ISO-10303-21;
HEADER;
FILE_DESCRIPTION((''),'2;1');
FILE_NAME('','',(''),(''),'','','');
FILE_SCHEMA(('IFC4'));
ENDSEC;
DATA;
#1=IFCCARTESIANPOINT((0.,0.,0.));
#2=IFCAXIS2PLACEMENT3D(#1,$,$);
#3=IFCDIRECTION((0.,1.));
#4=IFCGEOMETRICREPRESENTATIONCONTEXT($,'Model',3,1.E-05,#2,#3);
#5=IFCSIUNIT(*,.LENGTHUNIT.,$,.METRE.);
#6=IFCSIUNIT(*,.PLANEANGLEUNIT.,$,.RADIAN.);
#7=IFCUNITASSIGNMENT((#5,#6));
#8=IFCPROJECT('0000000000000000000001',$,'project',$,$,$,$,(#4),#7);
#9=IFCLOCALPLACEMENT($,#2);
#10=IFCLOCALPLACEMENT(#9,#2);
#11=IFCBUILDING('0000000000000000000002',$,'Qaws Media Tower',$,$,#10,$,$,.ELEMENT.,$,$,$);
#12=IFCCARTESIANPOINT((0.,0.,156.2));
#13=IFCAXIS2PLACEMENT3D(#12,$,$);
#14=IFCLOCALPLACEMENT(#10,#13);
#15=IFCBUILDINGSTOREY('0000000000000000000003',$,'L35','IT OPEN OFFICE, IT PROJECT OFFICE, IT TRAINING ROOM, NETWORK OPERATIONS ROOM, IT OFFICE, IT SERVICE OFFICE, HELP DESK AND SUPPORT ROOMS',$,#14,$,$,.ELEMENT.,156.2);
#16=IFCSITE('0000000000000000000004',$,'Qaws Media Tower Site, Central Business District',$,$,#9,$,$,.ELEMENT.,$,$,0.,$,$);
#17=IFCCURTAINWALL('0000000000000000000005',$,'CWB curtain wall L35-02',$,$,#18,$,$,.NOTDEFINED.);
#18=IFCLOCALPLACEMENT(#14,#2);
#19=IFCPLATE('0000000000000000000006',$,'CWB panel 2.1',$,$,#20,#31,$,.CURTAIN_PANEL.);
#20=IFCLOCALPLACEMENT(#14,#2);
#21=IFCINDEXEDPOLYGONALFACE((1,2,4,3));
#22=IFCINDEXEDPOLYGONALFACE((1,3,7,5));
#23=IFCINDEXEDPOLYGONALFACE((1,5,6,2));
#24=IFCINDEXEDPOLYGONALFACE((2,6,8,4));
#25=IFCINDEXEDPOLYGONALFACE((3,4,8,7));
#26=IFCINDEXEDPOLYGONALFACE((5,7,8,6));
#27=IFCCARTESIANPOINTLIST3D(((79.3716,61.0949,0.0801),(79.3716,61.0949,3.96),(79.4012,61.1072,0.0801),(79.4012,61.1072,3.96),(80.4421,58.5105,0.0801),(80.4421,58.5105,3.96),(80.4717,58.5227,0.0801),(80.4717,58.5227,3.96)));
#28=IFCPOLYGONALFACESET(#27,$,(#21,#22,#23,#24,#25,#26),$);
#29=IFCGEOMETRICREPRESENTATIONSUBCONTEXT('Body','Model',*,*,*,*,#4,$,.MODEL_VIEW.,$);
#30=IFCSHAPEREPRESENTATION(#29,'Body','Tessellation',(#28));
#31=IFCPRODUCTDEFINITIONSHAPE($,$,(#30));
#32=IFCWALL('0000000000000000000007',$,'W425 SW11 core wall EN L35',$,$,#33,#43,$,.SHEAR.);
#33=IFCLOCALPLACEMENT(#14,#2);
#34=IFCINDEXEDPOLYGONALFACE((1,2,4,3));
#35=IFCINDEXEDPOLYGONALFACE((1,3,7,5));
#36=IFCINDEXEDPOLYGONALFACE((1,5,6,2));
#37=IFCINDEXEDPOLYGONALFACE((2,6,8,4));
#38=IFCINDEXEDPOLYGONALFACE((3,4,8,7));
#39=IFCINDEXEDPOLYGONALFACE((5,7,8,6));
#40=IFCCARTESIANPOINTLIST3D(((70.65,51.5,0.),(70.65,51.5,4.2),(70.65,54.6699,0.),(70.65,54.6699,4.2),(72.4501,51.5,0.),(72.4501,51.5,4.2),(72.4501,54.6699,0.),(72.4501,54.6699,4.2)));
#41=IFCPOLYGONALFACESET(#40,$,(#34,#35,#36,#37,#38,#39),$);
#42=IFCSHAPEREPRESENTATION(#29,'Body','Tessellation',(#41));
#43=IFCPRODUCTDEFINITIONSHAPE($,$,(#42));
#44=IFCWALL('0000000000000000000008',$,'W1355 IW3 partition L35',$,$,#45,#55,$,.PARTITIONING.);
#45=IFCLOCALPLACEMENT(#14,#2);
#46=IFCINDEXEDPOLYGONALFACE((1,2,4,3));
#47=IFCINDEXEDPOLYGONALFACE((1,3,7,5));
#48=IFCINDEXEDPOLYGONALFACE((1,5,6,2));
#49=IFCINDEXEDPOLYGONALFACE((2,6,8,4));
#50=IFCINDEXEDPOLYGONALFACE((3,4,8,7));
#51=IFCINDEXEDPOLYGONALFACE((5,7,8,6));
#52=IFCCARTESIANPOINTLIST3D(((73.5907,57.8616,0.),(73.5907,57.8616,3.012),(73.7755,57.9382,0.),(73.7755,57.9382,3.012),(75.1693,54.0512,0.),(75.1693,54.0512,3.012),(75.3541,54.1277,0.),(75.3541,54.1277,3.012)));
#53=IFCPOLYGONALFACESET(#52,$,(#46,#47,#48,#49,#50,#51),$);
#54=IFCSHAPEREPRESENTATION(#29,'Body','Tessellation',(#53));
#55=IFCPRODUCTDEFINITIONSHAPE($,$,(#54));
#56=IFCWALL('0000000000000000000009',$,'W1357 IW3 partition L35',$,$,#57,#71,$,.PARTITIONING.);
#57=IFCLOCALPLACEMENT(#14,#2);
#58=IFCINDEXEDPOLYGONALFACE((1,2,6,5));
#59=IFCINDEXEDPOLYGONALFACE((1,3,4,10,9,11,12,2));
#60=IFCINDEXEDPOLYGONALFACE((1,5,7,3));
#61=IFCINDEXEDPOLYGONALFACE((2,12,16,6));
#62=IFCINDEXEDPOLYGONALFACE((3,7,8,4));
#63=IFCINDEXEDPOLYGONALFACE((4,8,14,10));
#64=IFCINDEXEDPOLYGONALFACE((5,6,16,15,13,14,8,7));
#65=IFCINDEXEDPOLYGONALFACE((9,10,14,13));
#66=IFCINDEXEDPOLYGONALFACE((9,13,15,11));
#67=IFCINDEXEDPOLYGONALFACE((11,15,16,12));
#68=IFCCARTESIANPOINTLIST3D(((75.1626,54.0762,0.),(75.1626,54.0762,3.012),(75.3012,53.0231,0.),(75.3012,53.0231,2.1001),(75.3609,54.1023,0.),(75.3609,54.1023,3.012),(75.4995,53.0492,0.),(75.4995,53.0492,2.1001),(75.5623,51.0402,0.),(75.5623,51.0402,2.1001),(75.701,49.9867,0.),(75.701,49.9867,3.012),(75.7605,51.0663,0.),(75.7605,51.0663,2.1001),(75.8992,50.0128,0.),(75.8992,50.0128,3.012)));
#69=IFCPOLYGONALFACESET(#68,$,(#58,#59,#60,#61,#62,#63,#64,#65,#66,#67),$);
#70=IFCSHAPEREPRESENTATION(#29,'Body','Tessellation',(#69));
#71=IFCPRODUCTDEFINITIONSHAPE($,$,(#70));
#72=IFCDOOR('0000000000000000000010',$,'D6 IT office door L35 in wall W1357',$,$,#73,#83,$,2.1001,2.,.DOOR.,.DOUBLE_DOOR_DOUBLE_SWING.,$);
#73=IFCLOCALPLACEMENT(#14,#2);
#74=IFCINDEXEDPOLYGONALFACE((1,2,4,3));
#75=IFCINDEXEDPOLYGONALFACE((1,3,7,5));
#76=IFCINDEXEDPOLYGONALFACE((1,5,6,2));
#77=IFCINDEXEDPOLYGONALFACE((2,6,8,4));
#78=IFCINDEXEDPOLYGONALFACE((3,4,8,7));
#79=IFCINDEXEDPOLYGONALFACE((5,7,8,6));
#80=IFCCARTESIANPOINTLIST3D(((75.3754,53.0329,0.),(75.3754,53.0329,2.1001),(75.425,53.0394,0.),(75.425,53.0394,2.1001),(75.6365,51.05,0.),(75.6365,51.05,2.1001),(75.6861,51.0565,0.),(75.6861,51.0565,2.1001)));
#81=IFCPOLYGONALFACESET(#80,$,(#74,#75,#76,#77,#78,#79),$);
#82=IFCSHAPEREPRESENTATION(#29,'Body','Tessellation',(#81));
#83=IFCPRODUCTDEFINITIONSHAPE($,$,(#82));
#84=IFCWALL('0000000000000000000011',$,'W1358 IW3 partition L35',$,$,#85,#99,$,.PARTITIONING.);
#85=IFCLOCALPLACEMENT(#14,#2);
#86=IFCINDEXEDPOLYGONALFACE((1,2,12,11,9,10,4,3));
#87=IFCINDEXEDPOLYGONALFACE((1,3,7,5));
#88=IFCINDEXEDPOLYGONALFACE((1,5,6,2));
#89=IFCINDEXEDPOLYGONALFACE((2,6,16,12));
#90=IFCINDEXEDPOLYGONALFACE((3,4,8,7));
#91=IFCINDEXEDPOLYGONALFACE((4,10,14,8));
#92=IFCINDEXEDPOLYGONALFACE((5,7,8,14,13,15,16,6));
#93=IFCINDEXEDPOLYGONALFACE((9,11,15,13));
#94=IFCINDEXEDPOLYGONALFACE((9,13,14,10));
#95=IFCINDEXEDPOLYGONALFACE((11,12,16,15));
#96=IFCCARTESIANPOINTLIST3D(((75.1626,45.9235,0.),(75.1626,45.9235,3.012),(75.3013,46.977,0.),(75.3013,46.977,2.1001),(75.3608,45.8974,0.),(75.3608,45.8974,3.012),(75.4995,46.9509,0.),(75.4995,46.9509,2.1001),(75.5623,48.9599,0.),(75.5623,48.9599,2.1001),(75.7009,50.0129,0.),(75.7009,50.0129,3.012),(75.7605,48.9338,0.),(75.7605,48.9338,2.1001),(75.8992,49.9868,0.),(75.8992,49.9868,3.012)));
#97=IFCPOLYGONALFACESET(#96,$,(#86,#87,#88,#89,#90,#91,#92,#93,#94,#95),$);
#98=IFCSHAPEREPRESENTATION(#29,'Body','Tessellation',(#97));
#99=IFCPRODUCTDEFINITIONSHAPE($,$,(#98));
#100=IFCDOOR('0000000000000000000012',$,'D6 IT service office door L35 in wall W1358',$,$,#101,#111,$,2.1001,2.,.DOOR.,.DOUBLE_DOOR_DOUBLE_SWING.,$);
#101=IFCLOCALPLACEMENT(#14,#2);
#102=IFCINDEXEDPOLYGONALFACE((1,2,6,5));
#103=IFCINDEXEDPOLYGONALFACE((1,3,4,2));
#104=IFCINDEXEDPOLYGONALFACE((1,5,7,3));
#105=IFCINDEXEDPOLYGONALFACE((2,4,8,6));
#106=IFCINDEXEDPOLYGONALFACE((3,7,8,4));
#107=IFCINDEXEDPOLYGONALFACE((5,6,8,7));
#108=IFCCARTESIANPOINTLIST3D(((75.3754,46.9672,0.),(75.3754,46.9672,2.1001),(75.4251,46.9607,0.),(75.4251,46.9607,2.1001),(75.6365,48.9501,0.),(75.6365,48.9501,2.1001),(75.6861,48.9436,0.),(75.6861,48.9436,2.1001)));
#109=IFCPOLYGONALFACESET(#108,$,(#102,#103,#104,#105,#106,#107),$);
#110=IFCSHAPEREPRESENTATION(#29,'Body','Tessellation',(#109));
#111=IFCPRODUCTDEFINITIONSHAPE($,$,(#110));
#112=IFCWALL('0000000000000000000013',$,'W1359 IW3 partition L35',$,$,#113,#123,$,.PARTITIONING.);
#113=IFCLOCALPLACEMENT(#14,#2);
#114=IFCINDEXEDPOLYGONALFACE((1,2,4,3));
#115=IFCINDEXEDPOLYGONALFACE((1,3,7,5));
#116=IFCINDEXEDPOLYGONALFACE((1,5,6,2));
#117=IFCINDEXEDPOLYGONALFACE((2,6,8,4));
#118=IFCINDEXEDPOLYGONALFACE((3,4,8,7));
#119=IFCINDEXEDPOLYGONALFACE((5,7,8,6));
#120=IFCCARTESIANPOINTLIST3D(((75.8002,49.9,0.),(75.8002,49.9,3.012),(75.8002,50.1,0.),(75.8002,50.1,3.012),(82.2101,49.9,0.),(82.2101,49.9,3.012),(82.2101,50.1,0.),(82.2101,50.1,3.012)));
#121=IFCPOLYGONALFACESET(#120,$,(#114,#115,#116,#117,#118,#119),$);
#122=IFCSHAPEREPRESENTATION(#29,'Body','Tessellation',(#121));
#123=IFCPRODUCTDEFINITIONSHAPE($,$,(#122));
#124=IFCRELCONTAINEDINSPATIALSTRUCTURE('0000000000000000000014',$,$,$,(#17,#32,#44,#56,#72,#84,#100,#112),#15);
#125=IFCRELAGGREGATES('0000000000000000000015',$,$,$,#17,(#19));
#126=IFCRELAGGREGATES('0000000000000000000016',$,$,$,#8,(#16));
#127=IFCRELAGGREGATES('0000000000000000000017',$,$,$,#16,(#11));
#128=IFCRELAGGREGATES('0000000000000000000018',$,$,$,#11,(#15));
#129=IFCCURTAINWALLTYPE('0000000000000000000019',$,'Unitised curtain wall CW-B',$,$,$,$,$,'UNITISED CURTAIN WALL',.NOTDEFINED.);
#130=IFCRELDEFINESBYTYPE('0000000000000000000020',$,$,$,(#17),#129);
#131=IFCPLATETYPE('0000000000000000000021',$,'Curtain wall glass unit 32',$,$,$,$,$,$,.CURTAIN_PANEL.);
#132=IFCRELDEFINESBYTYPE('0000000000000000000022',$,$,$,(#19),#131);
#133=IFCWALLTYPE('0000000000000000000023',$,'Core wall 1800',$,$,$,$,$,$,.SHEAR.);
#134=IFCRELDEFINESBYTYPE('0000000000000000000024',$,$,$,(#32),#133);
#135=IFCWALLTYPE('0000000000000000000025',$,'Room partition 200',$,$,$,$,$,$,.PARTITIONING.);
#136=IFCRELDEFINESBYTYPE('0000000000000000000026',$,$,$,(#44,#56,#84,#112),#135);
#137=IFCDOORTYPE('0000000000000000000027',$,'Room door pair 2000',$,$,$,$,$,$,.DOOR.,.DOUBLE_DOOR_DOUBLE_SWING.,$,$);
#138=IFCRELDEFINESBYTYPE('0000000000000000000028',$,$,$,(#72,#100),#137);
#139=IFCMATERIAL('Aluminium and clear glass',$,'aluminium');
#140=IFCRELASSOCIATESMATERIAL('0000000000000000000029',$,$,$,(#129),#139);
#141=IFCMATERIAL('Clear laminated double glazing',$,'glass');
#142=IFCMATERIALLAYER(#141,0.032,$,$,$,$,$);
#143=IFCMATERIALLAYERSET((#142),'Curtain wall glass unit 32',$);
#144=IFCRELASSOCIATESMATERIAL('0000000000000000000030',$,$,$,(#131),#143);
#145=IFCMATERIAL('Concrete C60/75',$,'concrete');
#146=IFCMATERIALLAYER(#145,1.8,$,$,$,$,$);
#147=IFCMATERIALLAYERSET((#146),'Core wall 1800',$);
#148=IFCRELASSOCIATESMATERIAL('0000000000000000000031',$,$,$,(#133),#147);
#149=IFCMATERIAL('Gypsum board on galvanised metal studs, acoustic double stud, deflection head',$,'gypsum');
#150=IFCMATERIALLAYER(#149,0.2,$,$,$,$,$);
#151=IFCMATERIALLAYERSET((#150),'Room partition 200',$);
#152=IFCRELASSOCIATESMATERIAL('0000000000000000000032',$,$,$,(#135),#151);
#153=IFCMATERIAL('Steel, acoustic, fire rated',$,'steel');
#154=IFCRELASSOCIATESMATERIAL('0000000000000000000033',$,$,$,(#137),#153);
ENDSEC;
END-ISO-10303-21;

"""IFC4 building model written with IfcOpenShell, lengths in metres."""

from ifc_helpers import new_model, si_unit, direction, frame, frame_2d, origin, origin_2d, place, context, subcontext, project, spatial, rectangle, extrude, material, layer, layer_set, type_object, element, fill, aggregate, save


model = new_model("IFC4")

# Units and contexts
model_context = context("Model", 3, precision=1e-05, world=origin(), true_north=direction((0.0, 1.0)))
body_context = subcontext(model_context, "Body", "Model", "MODEL_VIEW")
ifc_project = project(units=[si_unit("LENGTHUNIT", "METRE"), si_unit("PLANEANGLEUNIT", "RADIAN")], contexts=[model_context])

# Site, building, storey
site_placement = place(None, origin())
site = spatial("IfcSite", under=ifc_project, at=site_placement, Name="Qaws Media Tower Site, Central Business District", CompositionType="ELEMENT", RefElevation=0.0)
building_placement = place(site_placement, origin())
building = spatial("IfcBuilding", under=site, at=building_placement, Name="Qaws Media Tower", CompositionType="ELEMENT")
storey_placement = place(building_placement, frame((0.0, 0.0, 156.2)))
storey = spatial("IfcBuildingStorey", under=building, at=storey_placement, Name="L35", Description="IT OPEN OFFICE, IT PROJECT OFFICE, IT TRAINING ROOM, NETWORK OPERATIONS ROOM, IT OFFICE, IT SERVICE OFFICE, HELP DESK AND SUPPORT ROOMS", CompositionType="ELEMENT", Elevation=156.2)

# Curtain wall
ifc_material_1 = material(Name="Aluminium and clear glass", Category="aluminium")
curtain_wall_type = type_object("IfcCurtainWallType", Name="Unitised curtain wall CW-B", ElementType="UNITISED CURTAIN WALL", PredefinedType="NOTDEFINED", material=ifc_material_1)
curtain_wall_placement = place(storey_placement, origin())
curtain_wall = element("IfcCurtainWall", 1, at=curtain_wall_placement, inside=storey, type_object=curtain_wall_type, Name="CWB curtain wall L35-02", PredefinedType="NOTDEFINED")

# Plate
ifc_material_2 = material(Name="Clear laminated double glazing", Category="glass")
ifc_layer_1 = layer(ifc_material_2, 0.032)
ifc_layer_set_1 = layer_set([ifc_layer_1], Name="Curtain wall glass unit 32")
plate_type = type_object("IfcPlateType", Name="Curtain wall glass unit 32", PredefinedType="CURTAIN_PANEL", material=ifc_layer_set_1)
plate_placement = place(storey_placement, frame((79.9216, 59.8088, 0.0801), z_axis=(0.0, 0.0, 1.0), x_axis=(-0.382683, 0.92388, 0.0)))
plate = element("IfcPlate", 2, at=plate_placement, type_object=plate_type, Name="CWB panel 2.1", PredefinedType="CURTAIN_PANEL", context=body_context, shape_type="SweptSolid", body=[
    extrude(rectangle(XDim=2.7974, YDim=0.032, at=origin_2d()), origin(), (0.0, 0.0, 1.0), 3.8799),
])
aggregate(curtain_wall, [plate])

# Walls
ifc_material_3 = material(Name="Concrete C60/75", Category="concrete")
ifc_layer_2 = layer(ifc_material_3, 1.8)
ifc_layer_set_2 = layer_set([ifc_layer_2], Name="Core wall 1800")
wall_type_1 = type_object("IfcWallType", Name="Core wall 1800", PredefinedType="SHEAR", material=ifc_layer_set_2)
wall_1_placement = place(storey_placement, frame((71.55, 51.5, 0.0), z_axis=(0.0, 0.0, 1.0), x_axis=(0.0, 1.0, 0.0)))
element("IfcWall", 3, at=wall_1_placement, inside=storey, type_object=wall_type_1, Name="W425 SW11 core wall EN L35", PredefinedType="SHEAR", context=body_context, shape_type="SweptSolid", body=[
    extrude(rectangle(XDim=3.1699, YDim=1.8, at=frame_2d((1.585, 0.0))), origin(), (0.0, 0.0, 1.0), 4.2),
])
ifc_material_4 = material(Name="Gypsum board on galvanised metal studs, acoustic double stud, deflection head", Category="gypsum")
ifc_layer_3 = layer(ifc_material_4, 0.2)
ifc_layer_set_3 = layer_set([ifc_layer_3], Name="Room partition 200")
wall_type_2 = type_object("IfcWallType", Name="Room partition 200", PredefinedType="PARTITIONING", material=ifc_layer_set_3)
wall_2_placement = place(storey_placement, frame((73.6831, 57.8999, 0.0), z_axis=(0.0, 0.0, 1.0), x_axis=(0.382732, -0.92386, 0.0)))
element("IfcWall", 4, at=wall_2_placement, inside=storey, type_object=wall_type_2, Name="W1355 IW3 partition L35", PredefinedType="PARTITIONING", context=body_context, shape_type="SweptSolid", body=[
    extrude(rectangle(XDim=4.1245, YDim=0.2, at=frame_2d((2.0623, 0.0))), origin(), (0.0, 0.0, 1.0), 3.012),
])

# Walls, openings, doors
wall_3_placement = place(storey_placement, frame((75.2617, 54.0894, 0.0), z_axis=(0.0, 0.0, 1.0), x_axis=(0.130516, -0.991446, 0.0)))
wall_3 = element("IfcWall", 5, at=wall_3_placement, inside=storey, type_object=wall_type_2, Name="W1357 IW3 partition L35", PredefinedType="PARTITIONING", context=body_context, shape_type="SweptSolid", body=[
    extrude(rectangle(XDim=4.1248, YDim=0.2, at=frame_2d((2.0625, 0.0))), origin(), (0.0, 0.0, 1.0), 3.012),
])
opening_1_placement = place(wall_3_placement, frame((1.0623, 0.0, 0.0)))
opening_1 = element("IfcOpeningElement", 6, at=opening_1_placement, cuts=wall_3, PredefinedType="OPENING", context=body_context, shape_type="SweptSolid", body=[
    extrude(rectangle(XDim=2.0, YDim=2.1001, at=frame_2d((1.0, 1.05))), frame((0.0, 0.1099, 0.0), z_axis=(0.0, -1.0, 0.0), x_axis=(1.0, 0.0, 0.0)), (0.0, 0.0, 1.0), 0.22),
])
ifc_material_5 = material(Name="Steel, acoustic, fire rated", Category="steel")
door_type = type_object("IfcDoorType", Name="Room door pair 2000", OperationType="DOUBLE_DOOR_DOUBLE_SWING", PredefinedType="DOOR", material=ifc_material_5)
door_1_placement = place(opening_1_placement, origin())
door_1 = element("IfcDoor", 7, at=door_1_placement, inside=storey, type_object=door_type, Name="D6 IT office door L35 in wall W1357", OperationType="DOUBLE_DOOR_DOUBLE_SWING", OverallHeight=2.1001, OverallWidth=2.0, PredefinedType="DOOR", context=body_context, shape_type="SweptSolid", body=[
    extrude(rectangle(XDim=2.0, YDim=2.1001, at=frame_2d((1.0, 1.05))), frame((0.0, 0.0249, 0.0), z_axis=(0.0, -1.0, 0.0), x_axis=(1.0, 0.0, 0.0)), (0.0, 0.0, 1.0), 0.05),
])
fill(opening_1, door_1)
wall_4_placement = place(storey_placement, frame((75.8, 50.0, 0.0), z_axis=(0.0, 0.0, 1.0), x_axis=(-0.130516, -0.991446, 0.0)))
wall_4 = element("IfcWall", 8, at=wall_4_placement, inside=storey, type_object=wall_type_2, Name="W1358 IW3 partition L35", PredefinedType="PARTITIONING", context=body_context, shape_type="SweptSolid", body=[
    extrude(rectangle(XDim=4.1248, YDim=0.2, at=frame_2d((2.0625, 0.0))), origin(), (0.0, 0.0, 1.0), 3.012),
])
opening_2_placement = place(wall_4_placement, frame((1.0623, 0.0, 0.0)))
opening_2 = element("IfcOpeningElement", 9, at=opening_2_placement, cuts=wall_4, PredefinedType="OPENING", context=body_context, shape_type="SweptSolid", body=[
    extrude(rectangle(XDim=2.0, YDim=2.1001, at=frame_2d((1.0, 1.05))), frame((0.0, 0.1099, 0.0), z_axis=(0.0, -1.0, 0.0), x_axis=(1.0, 0.0, 0.0)), (0.0, 0.0, 1.0), 0.22),
])
door_2_placement = place(opening_2_placement, origin())
door_2 = element("IfcDoor", 10, at=door_2_placement, inside=storey, type_object=door_type, Name="D6 IT service office door L35 in wall W1358", OperationType="DOUBLE_DOOR_DOUBLE_SWING", OverallHeight=2.1001, OverallWidth=2.0, PredefinedType="DOOR", context=body_context, shape_type="SweptSolid", body=[
    extrude(rectangle(XDim=2.0, YDim=2.1001, at=frame_2d((1.0, 1.05))), frame((0.0, 0.0249, 0.0), z_axis=(0.0, -1.0, 0.0), x_axis=(1.0, 0.0, 0.0)), (0.0, 0.0, 1.0), 0.05),
])
fill(opening_2, door_2)

# Wall
wall_5_placement = place(storey_placement, frame((75.8, 50.0, 0.0), z_axis=(0.0, 0.0, 1.0), x_axis=(1.0, 0.0, 0.0)))
element("IfcWall", 11, at=wall_5_placement, inside=storey, type_object=wall_type_2, Name="W1359 IW3 partition L35", PredefinedType="PARTITIONING", context=body_context, shape_type="SweptSolid", body=[
    extrude(rectangle(XDim=6.4099, YDim=0.2, at=frame_2d((3.2051, 0.0))), origin(), (0.0, 0.0, 1.0), 3.012),
])

save(model, "model.ifc")
